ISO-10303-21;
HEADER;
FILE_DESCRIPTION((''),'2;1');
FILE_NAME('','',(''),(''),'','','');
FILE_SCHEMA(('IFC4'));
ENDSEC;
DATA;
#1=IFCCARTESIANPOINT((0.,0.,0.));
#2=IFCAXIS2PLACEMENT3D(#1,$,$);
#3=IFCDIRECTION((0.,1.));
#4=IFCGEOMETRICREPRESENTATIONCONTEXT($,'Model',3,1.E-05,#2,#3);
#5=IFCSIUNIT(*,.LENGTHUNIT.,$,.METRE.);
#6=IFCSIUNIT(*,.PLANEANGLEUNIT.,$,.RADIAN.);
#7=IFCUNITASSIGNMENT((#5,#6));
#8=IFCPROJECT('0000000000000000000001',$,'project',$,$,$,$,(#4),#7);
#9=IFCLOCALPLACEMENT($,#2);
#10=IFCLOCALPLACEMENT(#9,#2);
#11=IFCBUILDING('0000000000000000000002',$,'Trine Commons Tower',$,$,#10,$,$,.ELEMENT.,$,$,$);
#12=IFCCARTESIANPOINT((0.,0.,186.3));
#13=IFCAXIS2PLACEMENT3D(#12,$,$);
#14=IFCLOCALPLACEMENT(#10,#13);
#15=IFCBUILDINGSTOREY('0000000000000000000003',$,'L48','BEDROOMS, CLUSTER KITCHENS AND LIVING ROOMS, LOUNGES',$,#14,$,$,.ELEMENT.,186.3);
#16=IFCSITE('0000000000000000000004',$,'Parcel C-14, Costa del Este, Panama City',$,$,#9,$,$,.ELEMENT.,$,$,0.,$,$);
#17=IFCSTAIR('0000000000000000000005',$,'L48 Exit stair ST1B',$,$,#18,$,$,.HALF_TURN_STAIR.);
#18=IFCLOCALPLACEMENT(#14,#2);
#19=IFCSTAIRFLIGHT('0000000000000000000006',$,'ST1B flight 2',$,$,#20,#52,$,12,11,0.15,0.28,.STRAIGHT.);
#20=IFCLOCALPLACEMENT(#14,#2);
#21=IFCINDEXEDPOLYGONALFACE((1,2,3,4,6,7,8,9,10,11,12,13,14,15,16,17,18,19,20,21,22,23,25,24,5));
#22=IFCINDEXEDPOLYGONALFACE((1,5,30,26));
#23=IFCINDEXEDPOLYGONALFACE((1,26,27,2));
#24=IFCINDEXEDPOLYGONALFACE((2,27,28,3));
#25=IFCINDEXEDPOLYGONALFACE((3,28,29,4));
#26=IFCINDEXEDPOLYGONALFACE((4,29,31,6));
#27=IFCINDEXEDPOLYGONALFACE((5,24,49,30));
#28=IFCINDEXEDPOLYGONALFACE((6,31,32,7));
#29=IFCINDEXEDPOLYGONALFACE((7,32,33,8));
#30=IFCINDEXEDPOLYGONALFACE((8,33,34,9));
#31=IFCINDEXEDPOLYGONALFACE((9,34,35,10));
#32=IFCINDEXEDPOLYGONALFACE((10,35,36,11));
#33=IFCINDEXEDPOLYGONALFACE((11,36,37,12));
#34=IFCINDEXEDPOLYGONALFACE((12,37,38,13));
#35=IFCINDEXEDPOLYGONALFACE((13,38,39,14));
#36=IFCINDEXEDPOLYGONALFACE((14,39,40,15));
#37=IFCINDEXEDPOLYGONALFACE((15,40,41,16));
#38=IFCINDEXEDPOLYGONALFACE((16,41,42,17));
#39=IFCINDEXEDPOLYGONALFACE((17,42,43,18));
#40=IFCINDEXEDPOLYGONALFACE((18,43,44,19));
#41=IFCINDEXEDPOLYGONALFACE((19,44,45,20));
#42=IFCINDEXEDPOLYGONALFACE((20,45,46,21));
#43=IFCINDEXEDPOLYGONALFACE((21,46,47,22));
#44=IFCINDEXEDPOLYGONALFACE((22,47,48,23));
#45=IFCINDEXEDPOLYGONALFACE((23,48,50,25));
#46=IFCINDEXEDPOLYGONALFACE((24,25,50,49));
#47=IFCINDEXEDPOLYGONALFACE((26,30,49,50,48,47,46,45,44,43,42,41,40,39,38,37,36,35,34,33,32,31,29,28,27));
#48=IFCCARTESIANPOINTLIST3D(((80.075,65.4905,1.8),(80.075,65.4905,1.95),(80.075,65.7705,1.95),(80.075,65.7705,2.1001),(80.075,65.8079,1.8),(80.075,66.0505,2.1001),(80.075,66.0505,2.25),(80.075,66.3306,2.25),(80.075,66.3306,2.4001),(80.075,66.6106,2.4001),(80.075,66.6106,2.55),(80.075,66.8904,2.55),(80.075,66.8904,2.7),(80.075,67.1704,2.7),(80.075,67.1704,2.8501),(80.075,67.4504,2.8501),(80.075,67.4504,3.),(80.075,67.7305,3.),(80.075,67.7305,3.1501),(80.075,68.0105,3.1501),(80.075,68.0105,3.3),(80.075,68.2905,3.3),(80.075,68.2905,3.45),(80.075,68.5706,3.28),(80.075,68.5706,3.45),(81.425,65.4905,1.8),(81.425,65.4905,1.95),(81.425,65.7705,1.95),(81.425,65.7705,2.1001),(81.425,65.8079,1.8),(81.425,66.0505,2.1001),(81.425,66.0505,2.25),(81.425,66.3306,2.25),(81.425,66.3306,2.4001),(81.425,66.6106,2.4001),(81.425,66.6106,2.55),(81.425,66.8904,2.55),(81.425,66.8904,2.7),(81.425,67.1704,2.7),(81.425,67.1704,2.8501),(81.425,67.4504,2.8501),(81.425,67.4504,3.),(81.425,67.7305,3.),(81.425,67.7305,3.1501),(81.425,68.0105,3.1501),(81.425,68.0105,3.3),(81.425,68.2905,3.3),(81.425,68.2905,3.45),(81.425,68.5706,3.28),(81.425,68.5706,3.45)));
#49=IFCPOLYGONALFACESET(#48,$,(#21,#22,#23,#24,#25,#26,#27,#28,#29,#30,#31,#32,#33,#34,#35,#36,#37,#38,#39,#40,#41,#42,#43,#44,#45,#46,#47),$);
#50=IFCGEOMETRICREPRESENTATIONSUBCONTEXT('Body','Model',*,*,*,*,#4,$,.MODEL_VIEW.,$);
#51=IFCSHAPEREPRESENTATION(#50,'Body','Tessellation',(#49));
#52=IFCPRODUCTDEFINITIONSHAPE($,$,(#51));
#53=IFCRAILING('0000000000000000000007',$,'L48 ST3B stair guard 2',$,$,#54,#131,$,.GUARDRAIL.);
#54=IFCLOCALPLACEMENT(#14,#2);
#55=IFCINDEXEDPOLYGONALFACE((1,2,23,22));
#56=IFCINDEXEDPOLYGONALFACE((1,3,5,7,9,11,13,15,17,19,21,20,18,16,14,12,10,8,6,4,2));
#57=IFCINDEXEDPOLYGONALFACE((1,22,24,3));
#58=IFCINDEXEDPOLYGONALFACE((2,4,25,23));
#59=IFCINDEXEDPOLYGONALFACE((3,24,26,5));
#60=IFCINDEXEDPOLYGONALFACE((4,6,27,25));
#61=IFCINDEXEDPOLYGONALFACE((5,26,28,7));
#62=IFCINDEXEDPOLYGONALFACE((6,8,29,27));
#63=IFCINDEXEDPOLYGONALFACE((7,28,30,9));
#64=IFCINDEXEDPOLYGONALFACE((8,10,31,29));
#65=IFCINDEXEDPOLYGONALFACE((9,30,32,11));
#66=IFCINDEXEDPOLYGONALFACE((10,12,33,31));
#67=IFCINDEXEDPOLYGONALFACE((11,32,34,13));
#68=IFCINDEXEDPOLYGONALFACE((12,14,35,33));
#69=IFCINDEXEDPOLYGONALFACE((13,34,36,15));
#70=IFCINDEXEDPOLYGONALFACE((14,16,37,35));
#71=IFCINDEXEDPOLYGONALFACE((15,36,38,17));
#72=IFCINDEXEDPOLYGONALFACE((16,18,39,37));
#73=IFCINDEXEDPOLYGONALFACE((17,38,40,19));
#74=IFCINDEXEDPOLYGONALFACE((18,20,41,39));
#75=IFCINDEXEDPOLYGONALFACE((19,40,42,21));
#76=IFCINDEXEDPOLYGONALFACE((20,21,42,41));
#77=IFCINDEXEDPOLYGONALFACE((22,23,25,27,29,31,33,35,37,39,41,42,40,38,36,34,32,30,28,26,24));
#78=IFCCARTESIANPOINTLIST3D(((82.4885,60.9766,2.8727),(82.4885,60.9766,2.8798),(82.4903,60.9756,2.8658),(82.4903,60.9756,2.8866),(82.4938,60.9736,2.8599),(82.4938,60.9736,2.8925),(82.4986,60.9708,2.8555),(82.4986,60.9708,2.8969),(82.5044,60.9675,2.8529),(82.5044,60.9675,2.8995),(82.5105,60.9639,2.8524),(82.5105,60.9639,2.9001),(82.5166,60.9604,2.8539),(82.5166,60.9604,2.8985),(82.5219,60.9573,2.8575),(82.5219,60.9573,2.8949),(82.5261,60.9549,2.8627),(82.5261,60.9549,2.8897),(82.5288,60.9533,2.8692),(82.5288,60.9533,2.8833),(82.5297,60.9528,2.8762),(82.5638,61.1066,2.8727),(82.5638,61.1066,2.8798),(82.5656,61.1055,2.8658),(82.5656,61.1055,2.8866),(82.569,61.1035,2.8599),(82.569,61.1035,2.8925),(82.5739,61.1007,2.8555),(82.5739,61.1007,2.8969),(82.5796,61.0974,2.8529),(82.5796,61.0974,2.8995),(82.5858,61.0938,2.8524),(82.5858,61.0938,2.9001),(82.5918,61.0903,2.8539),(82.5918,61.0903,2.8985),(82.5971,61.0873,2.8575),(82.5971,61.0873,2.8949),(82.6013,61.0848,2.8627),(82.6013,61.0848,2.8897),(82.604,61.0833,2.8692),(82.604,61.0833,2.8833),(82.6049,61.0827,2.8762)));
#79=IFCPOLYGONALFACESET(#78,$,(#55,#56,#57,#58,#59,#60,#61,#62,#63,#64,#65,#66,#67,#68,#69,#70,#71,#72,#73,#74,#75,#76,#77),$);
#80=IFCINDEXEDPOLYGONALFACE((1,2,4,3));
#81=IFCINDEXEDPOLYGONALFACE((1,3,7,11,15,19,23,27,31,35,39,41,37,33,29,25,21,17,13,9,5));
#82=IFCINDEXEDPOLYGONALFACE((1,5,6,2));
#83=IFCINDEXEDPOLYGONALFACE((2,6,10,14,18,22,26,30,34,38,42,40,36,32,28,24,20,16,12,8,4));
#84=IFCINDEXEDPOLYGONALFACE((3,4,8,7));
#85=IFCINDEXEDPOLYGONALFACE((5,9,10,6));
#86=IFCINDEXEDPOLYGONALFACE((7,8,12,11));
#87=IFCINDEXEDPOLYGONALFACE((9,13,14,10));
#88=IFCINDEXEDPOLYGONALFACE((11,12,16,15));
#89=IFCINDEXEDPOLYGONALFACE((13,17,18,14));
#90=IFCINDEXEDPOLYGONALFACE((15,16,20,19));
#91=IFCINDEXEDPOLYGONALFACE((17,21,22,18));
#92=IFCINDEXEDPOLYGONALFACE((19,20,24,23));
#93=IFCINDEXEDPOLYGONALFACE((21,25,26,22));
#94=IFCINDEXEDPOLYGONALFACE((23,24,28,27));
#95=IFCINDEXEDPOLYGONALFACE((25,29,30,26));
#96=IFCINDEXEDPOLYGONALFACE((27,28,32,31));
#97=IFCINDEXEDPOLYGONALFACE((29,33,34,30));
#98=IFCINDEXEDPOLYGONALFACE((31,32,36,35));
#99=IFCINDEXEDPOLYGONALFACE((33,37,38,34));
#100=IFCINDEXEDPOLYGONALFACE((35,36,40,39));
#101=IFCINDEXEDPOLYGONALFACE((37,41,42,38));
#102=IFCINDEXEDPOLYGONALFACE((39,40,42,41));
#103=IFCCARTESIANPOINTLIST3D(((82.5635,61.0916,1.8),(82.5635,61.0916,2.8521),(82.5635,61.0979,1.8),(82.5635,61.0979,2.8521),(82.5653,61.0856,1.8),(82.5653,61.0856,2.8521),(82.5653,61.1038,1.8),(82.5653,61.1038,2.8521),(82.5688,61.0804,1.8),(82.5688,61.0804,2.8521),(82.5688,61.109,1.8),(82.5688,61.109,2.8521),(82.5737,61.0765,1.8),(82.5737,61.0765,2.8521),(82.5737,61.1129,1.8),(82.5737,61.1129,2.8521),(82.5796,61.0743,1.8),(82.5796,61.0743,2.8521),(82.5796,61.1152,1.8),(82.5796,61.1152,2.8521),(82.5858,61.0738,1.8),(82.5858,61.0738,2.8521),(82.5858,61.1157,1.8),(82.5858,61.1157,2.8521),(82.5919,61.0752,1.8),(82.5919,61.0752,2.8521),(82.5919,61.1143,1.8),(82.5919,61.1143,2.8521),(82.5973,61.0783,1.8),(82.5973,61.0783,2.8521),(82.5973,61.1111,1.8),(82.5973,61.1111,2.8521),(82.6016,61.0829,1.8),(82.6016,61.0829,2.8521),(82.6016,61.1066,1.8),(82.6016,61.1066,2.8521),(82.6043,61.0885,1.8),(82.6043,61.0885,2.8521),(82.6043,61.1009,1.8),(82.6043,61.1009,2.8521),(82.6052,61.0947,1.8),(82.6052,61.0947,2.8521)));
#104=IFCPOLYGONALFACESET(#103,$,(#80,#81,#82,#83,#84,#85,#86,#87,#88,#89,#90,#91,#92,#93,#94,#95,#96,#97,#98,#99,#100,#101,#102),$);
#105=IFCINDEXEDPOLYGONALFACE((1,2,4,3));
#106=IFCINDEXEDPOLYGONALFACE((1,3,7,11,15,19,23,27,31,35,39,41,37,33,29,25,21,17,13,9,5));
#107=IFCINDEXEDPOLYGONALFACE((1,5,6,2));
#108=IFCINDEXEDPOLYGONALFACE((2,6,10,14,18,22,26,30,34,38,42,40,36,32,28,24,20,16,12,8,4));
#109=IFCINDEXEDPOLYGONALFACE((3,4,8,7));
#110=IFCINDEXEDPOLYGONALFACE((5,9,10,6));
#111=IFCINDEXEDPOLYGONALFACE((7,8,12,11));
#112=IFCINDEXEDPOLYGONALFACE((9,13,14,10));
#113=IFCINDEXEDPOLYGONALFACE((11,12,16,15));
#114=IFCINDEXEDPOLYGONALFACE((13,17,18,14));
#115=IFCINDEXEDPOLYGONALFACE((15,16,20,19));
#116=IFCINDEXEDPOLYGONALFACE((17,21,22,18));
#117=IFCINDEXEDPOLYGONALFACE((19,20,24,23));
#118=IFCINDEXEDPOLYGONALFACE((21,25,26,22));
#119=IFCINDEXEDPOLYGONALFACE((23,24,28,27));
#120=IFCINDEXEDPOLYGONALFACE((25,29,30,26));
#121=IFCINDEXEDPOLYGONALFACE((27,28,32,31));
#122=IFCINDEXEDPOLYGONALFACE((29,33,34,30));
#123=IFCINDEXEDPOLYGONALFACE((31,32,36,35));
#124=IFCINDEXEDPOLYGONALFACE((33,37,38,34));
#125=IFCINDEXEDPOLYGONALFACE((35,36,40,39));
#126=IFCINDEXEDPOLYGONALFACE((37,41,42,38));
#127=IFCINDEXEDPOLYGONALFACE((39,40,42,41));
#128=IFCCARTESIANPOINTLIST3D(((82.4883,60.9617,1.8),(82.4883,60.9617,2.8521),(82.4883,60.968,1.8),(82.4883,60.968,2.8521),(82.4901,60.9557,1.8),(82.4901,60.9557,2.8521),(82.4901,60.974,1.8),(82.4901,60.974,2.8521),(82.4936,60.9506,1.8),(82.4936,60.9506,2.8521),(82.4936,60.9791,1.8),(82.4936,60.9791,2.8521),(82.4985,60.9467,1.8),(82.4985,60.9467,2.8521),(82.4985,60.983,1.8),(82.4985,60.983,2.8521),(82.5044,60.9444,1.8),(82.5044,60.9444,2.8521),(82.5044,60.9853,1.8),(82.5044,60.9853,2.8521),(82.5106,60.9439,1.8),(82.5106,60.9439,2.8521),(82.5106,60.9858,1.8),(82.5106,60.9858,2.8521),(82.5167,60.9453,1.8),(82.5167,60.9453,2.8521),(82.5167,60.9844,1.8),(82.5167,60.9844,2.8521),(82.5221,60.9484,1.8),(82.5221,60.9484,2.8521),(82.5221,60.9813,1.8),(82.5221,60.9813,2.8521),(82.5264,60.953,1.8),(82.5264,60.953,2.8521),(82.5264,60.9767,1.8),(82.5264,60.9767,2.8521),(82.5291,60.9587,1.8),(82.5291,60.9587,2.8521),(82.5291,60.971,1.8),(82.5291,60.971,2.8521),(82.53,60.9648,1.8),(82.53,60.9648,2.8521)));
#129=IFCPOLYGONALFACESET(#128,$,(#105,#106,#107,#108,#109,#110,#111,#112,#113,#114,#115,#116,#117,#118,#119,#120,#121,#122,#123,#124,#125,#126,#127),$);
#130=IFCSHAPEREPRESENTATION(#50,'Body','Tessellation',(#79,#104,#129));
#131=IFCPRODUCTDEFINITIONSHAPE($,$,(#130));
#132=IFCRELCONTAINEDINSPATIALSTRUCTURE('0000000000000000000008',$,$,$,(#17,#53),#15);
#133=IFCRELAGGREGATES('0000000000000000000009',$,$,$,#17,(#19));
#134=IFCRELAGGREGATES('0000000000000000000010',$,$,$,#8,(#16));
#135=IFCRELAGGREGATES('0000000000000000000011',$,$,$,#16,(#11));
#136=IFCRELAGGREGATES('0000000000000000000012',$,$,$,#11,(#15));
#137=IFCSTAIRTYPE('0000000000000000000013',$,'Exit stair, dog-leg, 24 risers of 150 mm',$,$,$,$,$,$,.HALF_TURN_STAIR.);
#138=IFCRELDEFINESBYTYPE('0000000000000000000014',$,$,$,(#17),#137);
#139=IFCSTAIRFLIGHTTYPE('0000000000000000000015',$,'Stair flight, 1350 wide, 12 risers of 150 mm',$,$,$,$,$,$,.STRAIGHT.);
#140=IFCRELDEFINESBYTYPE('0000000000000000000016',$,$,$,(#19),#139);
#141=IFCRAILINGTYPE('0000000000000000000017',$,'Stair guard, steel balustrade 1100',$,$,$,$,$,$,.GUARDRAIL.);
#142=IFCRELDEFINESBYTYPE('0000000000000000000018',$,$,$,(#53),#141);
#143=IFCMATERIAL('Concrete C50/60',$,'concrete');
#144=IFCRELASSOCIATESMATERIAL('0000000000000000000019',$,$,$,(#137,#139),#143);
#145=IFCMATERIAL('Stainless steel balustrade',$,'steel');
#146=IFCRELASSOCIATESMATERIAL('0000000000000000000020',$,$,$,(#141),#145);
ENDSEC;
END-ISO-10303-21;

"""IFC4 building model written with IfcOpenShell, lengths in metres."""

from ifc_helpers import new_model, si_unit, direction, frame, origin, origin_2d, place, context, subcontext, project, spatial, polyline, circle, outline, extrude, material, type_object, element, aggregate, save


model = new_model("IFC4")

# Units and contexts
model_context = context("Model", 3, precision=1e-05, world=origin(), true_north=direction((0.0, 1.0)))
body_context = subcontext(model_context, "Body", "Model", "MODEL_VIEW")
ifc_project = project(units=[si_unit("LENGTHUNIT", "METRE"), si_unit("PLANEANGLEUNIT", "RADIAN")], contexts=[model_context])

# Site, building, storey
site_placement = place(None, origin())
site = spatial("IfcSite", under=ifc_project, at=site_placement, Name="Parcel C-14, Costa del Este, Panama City", CompositionType="ELEMENT", RefElevation=0.0)
building_placement = place(site_placement, origin())
building = spatial("IfcBuilding", under=site, at=building_placement, Name="Trine Commons Tower", CompositionType="ELEMENT")
storey_placement = place(building_placement, frame((0.0, 0.0, 186.3)))
storey = spatial("IfcBuildingStorey", under=building, at=storey_placement, Name="L48", Description="BEDROOMS, CLUSTER KITCHENS AND LIVING ROOMS, LOUNGES", CompositionType="ELEMENT", Elevation=186.3)

# Stair, stair flight
ifc_material_1 = material(Name="Concrete C50/60", Category="concrete")
stair_type = type_object("IfcStairType", Name="Exit stair, dog-leg, 24 risers of 150 mm", PredefinedType="HALF_TURN_STAIR", material=ifc_material_1)
stair_placement = place(storey_placement, origin())
stair = element("IfcStair", 1, at=stair_placement, inside=storey, type_object=stair_type, Name="L48 Exit stair ST1B", PredefinedType="HALF_TURN_STAIR")
stair_flight_type = type_object("IfcStairFlightType", Name="Stair flight, 1350 wide, 12 risers of 150 mm", PredefinedType="STRAIGHT", material=ifc_material_1)
stair_flight_placement = place(storey_placement, frame((80.75, 65.4905, 1.8), z_axis=(0.0, 0.0, 1.0), x_axis=(0.0, 1.0, 0.0)))
stair_flight = element("IfcStairFlight", 2, at=stair_flight_placement, type_object=stair_flight_type, Name="ST1B flight 2", NumberOfRisers=12, NumberOfTreads=11, PredefinedType="STRAIGHT", RiserHeight=0.15, TreadLength=0.28, context=body_context, shape_type="SweptSolid", body=[
    extrude(outline(polyline([(0.0, 0.0), (0.0, 0.1499), (0.28, 0.1499), (0.28, 0.3), (0.5601, 0.3), (0.5601, 0.45), (0.8401, 0.45), (0.8401, 0.6001), (1.1201, 0.6001), (1.1201, 0.75), (1.3999, 0.75), (1.3999, 0.8999), (1.6799, 0.8999), (1.6799, 1.05), (1.96, 1.05), (1.96, 1.2), (2.24, 1.2), (2.24, 1.3501), (2.52, 1.3501), (2.52, 1.5), (2.8, 1.5), (2.8, 1.6499), (3.0801, 1.6499), (3.0801, 1.8), (3.0801, 1.48), (0.3174, 0.0), (0.0, 0.0)])), frame((0.0, 0.675, 0.0), z_axis=(0.0, -1.0, 0.0), x_axis=(1.0, 0.0, 0.0)), (0.0, 0.0, 1.0), 1.3501),
])
aggregate(stair, [stair_flight])

# Railing
ifc_material_2 = material(Name="Stainless steel balustrade", Category="steel")
railing_type_1 = type_object("IfcRailingType", Name="Stair guard, steel balustrade 1100", PredefinedType="GUARDRAIL", material=ifc_material_2)
railing_1_placement = place(storey_placement, frame((82.5842, 61.0947, 1.8)))
element("IfcRailing", 3, at=railing_1_placement, inside=storey, type_object=railing_type_1, Name="L48 ST3B stair guard 2", PredefinedType="GUARDRAIL", context=body_context, shape_type="SweptSolid", body=[
    extrude(circle(Radius=0.0239, at=origin_2d()), frame((0.0, 0.0, 1.0762), z_axis=(-0.501036, -0.865426, 0.0), x_axis=(0.865426, -0.501036, 0.0)), (0.0, 0.0, 1.0), 0.1501),
    extrude(circle(Radius=0.021, at=origin_2d()), origin(), (0.0, 0.0, 1.0), 1.052),
    extrude(circle(Radius=0.021, at=origin_2d()), frame((-0.0752, -0.1299, 0.0)), (0.0, 0.0, 1.0), 1.052),
])

save(model, "model.ifc")
